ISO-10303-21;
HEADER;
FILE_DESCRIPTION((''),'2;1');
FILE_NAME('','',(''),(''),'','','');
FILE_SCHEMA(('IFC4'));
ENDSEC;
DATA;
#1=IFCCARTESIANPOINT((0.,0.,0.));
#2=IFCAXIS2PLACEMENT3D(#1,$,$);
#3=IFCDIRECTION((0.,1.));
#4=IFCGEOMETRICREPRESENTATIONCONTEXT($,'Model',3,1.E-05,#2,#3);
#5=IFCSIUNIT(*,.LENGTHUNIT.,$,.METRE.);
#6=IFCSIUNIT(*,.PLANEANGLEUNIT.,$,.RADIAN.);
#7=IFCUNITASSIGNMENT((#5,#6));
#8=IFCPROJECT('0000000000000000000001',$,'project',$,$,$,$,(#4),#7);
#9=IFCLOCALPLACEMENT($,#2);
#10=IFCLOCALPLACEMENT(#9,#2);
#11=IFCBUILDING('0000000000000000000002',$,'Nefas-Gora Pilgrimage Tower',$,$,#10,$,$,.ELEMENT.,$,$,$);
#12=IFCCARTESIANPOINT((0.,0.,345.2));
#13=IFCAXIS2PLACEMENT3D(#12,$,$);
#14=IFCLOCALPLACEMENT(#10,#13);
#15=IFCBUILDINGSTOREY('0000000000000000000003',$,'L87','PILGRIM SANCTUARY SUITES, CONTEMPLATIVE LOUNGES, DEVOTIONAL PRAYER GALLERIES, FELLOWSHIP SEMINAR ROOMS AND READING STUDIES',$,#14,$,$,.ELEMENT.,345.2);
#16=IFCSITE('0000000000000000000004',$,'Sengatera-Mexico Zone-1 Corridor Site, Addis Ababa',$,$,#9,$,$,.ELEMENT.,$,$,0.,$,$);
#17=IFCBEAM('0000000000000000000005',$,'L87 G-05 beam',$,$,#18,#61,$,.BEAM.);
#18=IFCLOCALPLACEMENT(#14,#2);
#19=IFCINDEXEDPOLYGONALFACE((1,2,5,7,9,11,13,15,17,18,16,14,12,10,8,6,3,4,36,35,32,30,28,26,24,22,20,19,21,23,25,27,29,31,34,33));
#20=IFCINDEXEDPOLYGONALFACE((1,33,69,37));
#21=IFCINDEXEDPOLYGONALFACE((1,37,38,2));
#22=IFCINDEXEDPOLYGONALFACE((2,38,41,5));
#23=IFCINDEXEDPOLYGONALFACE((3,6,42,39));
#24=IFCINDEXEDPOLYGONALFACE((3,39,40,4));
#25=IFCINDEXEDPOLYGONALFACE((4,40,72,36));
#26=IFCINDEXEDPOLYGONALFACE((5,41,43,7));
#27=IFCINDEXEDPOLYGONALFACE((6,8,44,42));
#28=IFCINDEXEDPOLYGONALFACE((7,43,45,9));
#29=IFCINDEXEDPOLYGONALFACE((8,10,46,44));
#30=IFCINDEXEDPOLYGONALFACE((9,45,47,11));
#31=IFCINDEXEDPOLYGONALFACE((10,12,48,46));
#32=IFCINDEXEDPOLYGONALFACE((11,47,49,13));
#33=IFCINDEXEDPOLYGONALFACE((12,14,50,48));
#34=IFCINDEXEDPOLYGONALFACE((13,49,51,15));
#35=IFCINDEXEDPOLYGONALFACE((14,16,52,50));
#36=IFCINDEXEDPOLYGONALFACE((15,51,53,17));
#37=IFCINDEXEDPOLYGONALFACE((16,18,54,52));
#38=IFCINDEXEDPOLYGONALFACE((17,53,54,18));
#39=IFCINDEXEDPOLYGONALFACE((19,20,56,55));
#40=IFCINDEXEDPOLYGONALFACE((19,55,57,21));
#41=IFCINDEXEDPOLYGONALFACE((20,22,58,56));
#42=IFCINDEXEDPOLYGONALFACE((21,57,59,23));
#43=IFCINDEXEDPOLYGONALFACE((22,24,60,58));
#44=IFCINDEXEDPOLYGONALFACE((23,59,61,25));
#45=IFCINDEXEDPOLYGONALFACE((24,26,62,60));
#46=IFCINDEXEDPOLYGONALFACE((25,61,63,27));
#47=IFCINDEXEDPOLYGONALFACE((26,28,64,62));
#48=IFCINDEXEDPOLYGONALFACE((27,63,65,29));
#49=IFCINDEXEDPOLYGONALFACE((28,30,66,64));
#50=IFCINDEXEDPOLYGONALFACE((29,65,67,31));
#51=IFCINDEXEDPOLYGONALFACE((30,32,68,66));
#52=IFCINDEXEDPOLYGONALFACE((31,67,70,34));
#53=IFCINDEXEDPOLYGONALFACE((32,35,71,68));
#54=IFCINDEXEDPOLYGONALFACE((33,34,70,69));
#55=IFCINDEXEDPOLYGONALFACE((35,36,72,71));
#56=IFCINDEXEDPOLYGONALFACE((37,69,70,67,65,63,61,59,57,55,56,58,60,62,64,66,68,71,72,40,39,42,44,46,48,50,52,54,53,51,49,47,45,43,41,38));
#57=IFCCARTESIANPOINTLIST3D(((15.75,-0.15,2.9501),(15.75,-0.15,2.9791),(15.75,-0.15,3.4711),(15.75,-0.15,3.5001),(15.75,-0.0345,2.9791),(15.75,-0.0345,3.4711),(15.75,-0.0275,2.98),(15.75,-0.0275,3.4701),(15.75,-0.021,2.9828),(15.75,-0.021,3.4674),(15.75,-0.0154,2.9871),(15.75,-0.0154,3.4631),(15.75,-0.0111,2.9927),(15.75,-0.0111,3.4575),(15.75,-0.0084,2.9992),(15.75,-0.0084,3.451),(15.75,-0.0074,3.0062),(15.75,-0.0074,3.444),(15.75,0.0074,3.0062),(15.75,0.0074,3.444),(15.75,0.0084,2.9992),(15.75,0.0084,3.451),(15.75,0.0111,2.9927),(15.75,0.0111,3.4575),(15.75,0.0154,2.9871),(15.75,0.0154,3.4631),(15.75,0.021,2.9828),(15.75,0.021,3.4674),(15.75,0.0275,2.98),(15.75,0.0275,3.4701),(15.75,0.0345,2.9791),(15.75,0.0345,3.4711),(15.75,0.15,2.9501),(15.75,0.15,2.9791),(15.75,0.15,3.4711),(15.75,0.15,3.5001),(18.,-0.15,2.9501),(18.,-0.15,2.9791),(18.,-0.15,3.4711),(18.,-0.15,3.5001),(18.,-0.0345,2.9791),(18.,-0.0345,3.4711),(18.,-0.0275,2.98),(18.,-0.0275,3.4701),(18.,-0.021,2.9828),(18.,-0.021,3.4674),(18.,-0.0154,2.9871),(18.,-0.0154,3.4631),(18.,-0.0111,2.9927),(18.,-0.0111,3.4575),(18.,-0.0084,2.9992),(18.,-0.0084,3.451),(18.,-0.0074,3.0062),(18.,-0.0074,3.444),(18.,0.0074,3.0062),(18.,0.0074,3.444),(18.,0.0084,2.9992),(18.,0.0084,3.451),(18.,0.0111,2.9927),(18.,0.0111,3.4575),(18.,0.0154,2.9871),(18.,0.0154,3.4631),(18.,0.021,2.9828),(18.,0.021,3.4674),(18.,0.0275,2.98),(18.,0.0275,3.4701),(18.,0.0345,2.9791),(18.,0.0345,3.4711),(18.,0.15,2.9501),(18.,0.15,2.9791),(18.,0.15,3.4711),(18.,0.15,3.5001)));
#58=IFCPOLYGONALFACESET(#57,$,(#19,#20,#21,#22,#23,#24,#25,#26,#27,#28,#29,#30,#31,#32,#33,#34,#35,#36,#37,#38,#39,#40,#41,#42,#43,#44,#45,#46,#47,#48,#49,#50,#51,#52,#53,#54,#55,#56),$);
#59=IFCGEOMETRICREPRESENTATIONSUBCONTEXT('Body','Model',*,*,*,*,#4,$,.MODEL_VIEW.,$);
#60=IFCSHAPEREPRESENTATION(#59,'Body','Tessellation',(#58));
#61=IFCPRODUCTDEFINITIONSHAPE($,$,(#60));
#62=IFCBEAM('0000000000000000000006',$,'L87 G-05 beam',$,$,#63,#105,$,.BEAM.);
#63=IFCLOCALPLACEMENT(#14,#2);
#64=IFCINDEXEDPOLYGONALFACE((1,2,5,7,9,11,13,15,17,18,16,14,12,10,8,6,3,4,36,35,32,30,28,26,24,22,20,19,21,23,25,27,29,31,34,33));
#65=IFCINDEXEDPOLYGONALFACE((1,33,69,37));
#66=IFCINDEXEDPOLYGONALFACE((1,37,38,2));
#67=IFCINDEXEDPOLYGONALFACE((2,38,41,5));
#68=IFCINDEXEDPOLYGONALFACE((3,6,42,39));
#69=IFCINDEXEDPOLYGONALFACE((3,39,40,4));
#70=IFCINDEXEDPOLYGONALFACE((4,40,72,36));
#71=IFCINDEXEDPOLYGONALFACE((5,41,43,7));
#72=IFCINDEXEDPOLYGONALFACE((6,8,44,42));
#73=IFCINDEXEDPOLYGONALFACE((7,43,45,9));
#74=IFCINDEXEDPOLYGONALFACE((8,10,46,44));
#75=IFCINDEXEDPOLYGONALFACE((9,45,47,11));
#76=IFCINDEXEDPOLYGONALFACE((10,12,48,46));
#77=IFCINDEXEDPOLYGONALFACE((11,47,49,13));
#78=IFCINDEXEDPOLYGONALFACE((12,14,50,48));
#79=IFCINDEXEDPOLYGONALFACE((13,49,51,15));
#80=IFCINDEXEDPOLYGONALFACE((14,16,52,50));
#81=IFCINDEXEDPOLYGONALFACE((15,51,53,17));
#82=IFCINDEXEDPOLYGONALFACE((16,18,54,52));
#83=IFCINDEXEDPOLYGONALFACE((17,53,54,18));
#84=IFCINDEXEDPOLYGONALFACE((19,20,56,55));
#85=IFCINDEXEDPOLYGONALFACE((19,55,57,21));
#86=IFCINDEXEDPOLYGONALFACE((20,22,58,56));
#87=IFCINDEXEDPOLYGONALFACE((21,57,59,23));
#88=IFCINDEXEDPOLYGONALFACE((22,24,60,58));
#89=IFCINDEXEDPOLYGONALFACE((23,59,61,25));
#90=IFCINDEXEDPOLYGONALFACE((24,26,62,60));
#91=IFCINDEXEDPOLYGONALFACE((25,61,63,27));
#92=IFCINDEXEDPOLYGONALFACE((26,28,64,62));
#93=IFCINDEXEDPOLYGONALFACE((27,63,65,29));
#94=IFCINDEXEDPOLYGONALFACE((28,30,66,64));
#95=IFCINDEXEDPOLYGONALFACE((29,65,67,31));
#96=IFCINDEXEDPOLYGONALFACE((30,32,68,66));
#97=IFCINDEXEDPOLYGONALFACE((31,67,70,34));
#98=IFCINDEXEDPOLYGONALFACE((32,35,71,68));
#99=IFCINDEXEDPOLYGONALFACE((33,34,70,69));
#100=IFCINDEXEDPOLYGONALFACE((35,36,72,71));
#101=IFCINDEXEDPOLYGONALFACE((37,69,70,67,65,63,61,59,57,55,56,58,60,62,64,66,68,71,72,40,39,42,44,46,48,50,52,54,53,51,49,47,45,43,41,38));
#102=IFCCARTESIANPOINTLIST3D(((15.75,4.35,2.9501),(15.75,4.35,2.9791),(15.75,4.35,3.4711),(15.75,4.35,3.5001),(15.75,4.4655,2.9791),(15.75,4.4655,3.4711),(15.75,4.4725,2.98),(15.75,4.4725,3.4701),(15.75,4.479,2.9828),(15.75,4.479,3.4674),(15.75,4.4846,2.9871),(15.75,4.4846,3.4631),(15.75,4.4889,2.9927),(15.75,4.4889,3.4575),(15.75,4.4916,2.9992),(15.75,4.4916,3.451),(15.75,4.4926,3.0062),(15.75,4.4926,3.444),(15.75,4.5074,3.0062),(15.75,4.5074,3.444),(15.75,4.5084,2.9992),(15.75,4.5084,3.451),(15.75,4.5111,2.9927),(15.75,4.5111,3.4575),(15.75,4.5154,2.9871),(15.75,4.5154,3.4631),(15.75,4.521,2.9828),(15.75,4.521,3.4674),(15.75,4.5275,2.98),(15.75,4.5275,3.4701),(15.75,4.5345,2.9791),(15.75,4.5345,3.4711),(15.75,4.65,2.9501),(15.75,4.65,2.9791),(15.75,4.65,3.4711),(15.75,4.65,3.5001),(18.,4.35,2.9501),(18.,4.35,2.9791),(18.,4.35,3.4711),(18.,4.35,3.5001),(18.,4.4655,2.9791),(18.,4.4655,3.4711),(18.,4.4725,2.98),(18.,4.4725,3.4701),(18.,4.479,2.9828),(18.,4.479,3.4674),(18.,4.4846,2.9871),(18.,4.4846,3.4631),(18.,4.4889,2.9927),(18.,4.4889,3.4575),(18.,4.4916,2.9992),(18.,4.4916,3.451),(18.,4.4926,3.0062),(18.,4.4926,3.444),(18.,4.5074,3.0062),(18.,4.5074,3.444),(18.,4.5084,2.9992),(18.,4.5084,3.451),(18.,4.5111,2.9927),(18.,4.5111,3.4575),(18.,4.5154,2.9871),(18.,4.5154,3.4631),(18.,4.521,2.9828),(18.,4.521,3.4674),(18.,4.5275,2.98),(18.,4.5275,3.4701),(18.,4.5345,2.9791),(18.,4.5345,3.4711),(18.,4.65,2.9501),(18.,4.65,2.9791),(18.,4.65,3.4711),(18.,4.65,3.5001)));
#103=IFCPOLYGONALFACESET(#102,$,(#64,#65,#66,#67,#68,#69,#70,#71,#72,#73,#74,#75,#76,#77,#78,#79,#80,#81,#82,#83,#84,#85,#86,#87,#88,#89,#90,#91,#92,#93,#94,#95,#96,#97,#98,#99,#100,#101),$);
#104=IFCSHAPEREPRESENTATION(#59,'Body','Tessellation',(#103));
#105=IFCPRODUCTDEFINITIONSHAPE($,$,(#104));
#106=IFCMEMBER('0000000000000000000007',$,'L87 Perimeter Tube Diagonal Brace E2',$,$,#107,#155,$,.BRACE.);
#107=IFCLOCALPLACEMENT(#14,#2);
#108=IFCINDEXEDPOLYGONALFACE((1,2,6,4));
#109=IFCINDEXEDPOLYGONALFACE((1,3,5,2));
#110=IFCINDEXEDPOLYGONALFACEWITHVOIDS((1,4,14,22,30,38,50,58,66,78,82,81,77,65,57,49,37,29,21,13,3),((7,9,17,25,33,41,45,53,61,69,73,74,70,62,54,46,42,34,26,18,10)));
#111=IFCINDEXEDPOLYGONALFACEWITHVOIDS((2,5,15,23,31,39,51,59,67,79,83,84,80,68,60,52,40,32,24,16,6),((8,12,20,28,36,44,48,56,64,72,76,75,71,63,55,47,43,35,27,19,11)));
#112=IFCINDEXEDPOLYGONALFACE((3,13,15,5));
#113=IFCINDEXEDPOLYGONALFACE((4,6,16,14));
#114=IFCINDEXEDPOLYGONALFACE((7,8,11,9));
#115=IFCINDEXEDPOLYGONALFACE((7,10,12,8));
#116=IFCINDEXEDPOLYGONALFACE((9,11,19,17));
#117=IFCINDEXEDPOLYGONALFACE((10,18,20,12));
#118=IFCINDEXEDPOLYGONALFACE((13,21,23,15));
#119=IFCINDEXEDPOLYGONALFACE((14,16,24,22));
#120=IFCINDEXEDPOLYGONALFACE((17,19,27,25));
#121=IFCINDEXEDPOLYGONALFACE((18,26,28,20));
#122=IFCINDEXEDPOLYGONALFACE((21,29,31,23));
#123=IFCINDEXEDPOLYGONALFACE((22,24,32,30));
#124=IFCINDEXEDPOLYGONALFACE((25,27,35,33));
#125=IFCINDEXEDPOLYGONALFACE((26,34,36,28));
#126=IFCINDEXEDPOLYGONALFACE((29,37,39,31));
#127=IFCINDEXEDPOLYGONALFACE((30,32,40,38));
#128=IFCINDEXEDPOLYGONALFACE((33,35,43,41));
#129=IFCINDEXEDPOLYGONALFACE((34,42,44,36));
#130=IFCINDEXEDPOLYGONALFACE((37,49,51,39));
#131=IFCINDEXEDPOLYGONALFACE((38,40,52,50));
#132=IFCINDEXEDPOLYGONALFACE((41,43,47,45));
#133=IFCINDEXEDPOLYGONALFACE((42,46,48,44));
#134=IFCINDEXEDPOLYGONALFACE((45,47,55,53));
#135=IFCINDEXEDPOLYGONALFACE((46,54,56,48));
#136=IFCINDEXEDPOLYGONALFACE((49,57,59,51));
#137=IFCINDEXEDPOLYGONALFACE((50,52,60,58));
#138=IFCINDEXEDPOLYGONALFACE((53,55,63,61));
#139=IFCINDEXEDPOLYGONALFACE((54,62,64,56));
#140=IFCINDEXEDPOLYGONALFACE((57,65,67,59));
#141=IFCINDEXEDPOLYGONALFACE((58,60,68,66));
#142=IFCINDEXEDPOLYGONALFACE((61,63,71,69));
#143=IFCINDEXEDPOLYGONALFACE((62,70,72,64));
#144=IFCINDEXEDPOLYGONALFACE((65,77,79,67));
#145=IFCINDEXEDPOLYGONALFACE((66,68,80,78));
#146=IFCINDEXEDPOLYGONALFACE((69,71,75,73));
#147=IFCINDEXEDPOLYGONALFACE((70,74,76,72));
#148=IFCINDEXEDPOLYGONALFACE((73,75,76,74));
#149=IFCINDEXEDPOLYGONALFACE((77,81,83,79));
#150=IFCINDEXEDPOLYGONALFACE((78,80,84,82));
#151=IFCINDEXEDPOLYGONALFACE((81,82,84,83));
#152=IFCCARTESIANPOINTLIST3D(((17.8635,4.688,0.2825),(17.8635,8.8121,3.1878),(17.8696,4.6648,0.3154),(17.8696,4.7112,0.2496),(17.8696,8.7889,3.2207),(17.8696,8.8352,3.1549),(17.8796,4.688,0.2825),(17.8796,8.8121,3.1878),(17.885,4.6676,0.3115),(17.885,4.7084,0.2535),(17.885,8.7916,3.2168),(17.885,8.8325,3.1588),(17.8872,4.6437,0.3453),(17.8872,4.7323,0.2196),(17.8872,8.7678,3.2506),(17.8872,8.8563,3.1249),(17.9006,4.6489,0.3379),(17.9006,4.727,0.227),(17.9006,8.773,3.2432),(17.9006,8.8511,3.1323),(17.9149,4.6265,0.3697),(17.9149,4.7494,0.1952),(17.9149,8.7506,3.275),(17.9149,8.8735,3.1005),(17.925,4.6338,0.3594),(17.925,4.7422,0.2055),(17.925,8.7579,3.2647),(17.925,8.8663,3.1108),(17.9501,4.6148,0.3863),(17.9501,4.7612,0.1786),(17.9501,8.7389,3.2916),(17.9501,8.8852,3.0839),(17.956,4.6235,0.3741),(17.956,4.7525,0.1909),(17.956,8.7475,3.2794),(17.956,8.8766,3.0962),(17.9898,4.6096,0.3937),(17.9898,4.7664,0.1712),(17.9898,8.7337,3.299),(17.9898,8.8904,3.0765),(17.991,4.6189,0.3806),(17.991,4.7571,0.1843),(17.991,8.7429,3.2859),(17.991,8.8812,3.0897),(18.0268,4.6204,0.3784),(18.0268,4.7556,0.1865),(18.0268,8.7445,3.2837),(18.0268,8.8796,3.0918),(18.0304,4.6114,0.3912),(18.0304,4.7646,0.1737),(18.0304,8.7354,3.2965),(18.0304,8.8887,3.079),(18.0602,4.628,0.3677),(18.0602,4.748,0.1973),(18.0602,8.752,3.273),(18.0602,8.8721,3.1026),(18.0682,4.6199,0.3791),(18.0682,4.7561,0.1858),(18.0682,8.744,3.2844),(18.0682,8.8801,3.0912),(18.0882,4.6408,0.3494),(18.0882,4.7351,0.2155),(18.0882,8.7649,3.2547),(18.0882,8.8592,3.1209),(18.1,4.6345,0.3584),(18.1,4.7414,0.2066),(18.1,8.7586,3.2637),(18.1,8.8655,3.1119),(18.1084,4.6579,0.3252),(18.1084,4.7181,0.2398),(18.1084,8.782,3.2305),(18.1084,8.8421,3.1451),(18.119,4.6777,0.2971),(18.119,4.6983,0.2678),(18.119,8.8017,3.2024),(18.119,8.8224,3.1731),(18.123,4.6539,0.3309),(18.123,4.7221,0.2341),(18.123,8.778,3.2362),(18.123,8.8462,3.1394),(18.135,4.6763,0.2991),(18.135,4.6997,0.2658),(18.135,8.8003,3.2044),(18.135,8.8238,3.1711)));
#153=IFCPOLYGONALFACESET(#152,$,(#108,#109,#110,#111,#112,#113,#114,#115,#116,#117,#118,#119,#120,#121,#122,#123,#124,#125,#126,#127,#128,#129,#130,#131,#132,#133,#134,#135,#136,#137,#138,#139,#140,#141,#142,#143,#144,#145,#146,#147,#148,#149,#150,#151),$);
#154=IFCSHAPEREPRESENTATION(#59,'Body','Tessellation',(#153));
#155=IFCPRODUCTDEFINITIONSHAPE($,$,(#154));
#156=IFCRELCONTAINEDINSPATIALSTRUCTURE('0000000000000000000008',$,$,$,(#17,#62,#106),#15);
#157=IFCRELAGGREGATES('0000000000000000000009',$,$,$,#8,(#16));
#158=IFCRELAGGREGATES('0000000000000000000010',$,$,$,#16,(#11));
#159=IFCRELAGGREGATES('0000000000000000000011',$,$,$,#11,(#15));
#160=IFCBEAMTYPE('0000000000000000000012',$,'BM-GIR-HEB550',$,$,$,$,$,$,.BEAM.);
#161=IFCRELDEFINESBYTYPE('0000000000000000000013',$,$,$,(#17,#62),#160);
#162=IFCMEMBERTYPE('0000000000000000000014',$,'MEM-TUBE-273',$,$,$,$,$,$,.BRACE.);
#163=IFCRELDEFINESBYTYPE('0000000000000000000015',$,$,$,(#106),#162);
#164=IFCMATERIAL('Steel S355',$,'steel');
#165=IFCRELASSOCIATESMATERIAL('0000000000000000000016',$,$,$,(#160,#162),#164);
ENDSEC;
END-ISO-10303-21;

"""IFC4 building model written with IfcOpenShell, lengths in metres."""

from ifc_helpers import new_model, si_unit, direction, frame, origin, origin_2d, place, context, subcontext, project, spatial, hollow_circle, i_section, extrude, source, transform, mapped, material, material_profile, profile_set, type_object, element, save


model = new_model("IFC4")

# Units and contexts
model_context = context("Model", 3, precision=1e-05, world=origin(), true_north=direction((0.0, 1.0)))
body_context = subcontext(model_context, "Body", "Model", "MODEL_VIEW")
ifc_project = project(units=[si_unit("LENGTHUNIT", "METRE"), si_unit("PLANEANGLEUNIT", "RADIAN")], contexts=[model_context])

# Site, building, storey
site_placement = place(None, origin())
site = spatial("IfcSite", under=ifc_project, at=site_placement, Name="Sengatera-Mexico Zone-1 Corridor Site, Addis Ababa", CompositionType="ELEMENT", RefElevation=0.0)
building_placement = place(site_placement, origin())
building = spatial("IfcBuilding", under=site, at=building_placement, Name="Nefas-Gora Pilgrimage Tower", CompositionType="ELEMENT")
storey_placement = place(building_placement, frame((0.0, 0.0, 345.2)))
storey = spatial("IfcBuildingStorey", under=building, at=storey_placement, Name="L87", Description="PILGRIM SANCTUARY SUITES, CONTEMPLATIVE LOUNGES, DEVOTIONAL PRAYER GALLERIES, FELLOWSHIP SEMINAR ROOMS AND READING STUDIES", CompositionType="ELEMENT", Elevation=345.2)

# Shared definitions
ifc_material_1 = material(Name="Steel S355", Category="steel")

# Beams
ifc_material_profile_1 = material_profile(ifc_material_1, i_section(OverallWidth=0.3, OverallDepth=0.55, WebThickness=0.0149, FlangeThickness=0.0291, FilletRadius=0.0271, at=origin_2d()), Name="HEB 550")
ifc_profile_set_1 = profile_set([ifc_material_profile_1], Name="Steel S355")
beam_type_1 = type_object("IfcBeamType", Name="BM-GIR-HEB550", PredefinedType="BEAM", material=ifc_profile_set_1)
shared_shape_1 = source(origin(), body_context, "Body", "SweptSolid", [
    extrude(i_section(OverallWidth=0.3, OverallDepth=0.55, WebThickness=0.0149, FlangeThickness=0.0291, FilletRadius=0.0271, at=origin_2d()), origin(), (0.0, 0.0, 1.0), 2.25),
])
for number, where, z_axis, x_axis, name in (
    (1, (15.75, 0.0, 3.2251), (1.0, 0.0, 0.0), (0.0, 1.0, 0.0), "L87 G-05 beam"),
    (2, (15.75, 4.5, 3.2251), (1.0, 0.0, 0.0), (0.0, 1.0, 0.0), "L87 G-05 beam"),
):
    element("IfcBeam", number, at=place(storey_placement, frame(where, z_axis=z_axis, x_axis=x_axis)), inside=storey, type_object=beam_type_1, Name=name, PredefinedType="BEAM", context=body_context, shape_type="MappedRepresentation", body=[
        mapped(shared_shape_1, transform((0.0, 0.0, 0.0), x_axis=(1.0, 0.0, 0.0), y_axis=(0.0, 1.0, 0.0), z_axis=(0.0, 0.0, 1.0), scale=1.0)),
    ])

# Member
ifc_material_profile_2 = material_profile(ifc_material_1, hollow_circle(Radius=0.1365, WallThickness=0.0161, at=origin_2d()), Name="CHS 273x16")
ifc_profile_set_2 = profile_set([ifc_material_profile_2], Name="Steel S355")
member_type_1 = type_object("IfcMemberType", Name="MEM-TUBE-273", PredefinedType="BRACE", material=ifc_profile_set_2)
shared_shape_2 = source(origin(), body_context, "Body", "SweptSolid", [
    extrude(hollow_circle(Radius=0.1365, WallThickness=0.0161, at=origin_2d()), origin(), (0.0, 0.0, 1.0), 5.0447),
])
member_1_placement = place(storey_placement, frame((18.0, 4.688, 0.2825), z_axis=(0.0, 0.817509, 0.575915), x_axis=(-1.0, 0.0, 0.0)))
element("IfcMember", 3, at=member_1_placement, inside=storey, type_object=member_type_1, Name="L87 Perimeter Tube Diagonal Brace E2", PredefinedType="BRACE", context=body_context, shape_type="MappedRepresentation", body=[
    mapped(shared_shape_2, transform((0.0, 0.0, 0.0), x_axis=(1.0, 0.0, 0.0), y_axis=(0.0, 1.0, 0.0), z_axis=(0.0, 0.0, 1.0), scale=1.0)),
])

save(model, "model.ifc")
